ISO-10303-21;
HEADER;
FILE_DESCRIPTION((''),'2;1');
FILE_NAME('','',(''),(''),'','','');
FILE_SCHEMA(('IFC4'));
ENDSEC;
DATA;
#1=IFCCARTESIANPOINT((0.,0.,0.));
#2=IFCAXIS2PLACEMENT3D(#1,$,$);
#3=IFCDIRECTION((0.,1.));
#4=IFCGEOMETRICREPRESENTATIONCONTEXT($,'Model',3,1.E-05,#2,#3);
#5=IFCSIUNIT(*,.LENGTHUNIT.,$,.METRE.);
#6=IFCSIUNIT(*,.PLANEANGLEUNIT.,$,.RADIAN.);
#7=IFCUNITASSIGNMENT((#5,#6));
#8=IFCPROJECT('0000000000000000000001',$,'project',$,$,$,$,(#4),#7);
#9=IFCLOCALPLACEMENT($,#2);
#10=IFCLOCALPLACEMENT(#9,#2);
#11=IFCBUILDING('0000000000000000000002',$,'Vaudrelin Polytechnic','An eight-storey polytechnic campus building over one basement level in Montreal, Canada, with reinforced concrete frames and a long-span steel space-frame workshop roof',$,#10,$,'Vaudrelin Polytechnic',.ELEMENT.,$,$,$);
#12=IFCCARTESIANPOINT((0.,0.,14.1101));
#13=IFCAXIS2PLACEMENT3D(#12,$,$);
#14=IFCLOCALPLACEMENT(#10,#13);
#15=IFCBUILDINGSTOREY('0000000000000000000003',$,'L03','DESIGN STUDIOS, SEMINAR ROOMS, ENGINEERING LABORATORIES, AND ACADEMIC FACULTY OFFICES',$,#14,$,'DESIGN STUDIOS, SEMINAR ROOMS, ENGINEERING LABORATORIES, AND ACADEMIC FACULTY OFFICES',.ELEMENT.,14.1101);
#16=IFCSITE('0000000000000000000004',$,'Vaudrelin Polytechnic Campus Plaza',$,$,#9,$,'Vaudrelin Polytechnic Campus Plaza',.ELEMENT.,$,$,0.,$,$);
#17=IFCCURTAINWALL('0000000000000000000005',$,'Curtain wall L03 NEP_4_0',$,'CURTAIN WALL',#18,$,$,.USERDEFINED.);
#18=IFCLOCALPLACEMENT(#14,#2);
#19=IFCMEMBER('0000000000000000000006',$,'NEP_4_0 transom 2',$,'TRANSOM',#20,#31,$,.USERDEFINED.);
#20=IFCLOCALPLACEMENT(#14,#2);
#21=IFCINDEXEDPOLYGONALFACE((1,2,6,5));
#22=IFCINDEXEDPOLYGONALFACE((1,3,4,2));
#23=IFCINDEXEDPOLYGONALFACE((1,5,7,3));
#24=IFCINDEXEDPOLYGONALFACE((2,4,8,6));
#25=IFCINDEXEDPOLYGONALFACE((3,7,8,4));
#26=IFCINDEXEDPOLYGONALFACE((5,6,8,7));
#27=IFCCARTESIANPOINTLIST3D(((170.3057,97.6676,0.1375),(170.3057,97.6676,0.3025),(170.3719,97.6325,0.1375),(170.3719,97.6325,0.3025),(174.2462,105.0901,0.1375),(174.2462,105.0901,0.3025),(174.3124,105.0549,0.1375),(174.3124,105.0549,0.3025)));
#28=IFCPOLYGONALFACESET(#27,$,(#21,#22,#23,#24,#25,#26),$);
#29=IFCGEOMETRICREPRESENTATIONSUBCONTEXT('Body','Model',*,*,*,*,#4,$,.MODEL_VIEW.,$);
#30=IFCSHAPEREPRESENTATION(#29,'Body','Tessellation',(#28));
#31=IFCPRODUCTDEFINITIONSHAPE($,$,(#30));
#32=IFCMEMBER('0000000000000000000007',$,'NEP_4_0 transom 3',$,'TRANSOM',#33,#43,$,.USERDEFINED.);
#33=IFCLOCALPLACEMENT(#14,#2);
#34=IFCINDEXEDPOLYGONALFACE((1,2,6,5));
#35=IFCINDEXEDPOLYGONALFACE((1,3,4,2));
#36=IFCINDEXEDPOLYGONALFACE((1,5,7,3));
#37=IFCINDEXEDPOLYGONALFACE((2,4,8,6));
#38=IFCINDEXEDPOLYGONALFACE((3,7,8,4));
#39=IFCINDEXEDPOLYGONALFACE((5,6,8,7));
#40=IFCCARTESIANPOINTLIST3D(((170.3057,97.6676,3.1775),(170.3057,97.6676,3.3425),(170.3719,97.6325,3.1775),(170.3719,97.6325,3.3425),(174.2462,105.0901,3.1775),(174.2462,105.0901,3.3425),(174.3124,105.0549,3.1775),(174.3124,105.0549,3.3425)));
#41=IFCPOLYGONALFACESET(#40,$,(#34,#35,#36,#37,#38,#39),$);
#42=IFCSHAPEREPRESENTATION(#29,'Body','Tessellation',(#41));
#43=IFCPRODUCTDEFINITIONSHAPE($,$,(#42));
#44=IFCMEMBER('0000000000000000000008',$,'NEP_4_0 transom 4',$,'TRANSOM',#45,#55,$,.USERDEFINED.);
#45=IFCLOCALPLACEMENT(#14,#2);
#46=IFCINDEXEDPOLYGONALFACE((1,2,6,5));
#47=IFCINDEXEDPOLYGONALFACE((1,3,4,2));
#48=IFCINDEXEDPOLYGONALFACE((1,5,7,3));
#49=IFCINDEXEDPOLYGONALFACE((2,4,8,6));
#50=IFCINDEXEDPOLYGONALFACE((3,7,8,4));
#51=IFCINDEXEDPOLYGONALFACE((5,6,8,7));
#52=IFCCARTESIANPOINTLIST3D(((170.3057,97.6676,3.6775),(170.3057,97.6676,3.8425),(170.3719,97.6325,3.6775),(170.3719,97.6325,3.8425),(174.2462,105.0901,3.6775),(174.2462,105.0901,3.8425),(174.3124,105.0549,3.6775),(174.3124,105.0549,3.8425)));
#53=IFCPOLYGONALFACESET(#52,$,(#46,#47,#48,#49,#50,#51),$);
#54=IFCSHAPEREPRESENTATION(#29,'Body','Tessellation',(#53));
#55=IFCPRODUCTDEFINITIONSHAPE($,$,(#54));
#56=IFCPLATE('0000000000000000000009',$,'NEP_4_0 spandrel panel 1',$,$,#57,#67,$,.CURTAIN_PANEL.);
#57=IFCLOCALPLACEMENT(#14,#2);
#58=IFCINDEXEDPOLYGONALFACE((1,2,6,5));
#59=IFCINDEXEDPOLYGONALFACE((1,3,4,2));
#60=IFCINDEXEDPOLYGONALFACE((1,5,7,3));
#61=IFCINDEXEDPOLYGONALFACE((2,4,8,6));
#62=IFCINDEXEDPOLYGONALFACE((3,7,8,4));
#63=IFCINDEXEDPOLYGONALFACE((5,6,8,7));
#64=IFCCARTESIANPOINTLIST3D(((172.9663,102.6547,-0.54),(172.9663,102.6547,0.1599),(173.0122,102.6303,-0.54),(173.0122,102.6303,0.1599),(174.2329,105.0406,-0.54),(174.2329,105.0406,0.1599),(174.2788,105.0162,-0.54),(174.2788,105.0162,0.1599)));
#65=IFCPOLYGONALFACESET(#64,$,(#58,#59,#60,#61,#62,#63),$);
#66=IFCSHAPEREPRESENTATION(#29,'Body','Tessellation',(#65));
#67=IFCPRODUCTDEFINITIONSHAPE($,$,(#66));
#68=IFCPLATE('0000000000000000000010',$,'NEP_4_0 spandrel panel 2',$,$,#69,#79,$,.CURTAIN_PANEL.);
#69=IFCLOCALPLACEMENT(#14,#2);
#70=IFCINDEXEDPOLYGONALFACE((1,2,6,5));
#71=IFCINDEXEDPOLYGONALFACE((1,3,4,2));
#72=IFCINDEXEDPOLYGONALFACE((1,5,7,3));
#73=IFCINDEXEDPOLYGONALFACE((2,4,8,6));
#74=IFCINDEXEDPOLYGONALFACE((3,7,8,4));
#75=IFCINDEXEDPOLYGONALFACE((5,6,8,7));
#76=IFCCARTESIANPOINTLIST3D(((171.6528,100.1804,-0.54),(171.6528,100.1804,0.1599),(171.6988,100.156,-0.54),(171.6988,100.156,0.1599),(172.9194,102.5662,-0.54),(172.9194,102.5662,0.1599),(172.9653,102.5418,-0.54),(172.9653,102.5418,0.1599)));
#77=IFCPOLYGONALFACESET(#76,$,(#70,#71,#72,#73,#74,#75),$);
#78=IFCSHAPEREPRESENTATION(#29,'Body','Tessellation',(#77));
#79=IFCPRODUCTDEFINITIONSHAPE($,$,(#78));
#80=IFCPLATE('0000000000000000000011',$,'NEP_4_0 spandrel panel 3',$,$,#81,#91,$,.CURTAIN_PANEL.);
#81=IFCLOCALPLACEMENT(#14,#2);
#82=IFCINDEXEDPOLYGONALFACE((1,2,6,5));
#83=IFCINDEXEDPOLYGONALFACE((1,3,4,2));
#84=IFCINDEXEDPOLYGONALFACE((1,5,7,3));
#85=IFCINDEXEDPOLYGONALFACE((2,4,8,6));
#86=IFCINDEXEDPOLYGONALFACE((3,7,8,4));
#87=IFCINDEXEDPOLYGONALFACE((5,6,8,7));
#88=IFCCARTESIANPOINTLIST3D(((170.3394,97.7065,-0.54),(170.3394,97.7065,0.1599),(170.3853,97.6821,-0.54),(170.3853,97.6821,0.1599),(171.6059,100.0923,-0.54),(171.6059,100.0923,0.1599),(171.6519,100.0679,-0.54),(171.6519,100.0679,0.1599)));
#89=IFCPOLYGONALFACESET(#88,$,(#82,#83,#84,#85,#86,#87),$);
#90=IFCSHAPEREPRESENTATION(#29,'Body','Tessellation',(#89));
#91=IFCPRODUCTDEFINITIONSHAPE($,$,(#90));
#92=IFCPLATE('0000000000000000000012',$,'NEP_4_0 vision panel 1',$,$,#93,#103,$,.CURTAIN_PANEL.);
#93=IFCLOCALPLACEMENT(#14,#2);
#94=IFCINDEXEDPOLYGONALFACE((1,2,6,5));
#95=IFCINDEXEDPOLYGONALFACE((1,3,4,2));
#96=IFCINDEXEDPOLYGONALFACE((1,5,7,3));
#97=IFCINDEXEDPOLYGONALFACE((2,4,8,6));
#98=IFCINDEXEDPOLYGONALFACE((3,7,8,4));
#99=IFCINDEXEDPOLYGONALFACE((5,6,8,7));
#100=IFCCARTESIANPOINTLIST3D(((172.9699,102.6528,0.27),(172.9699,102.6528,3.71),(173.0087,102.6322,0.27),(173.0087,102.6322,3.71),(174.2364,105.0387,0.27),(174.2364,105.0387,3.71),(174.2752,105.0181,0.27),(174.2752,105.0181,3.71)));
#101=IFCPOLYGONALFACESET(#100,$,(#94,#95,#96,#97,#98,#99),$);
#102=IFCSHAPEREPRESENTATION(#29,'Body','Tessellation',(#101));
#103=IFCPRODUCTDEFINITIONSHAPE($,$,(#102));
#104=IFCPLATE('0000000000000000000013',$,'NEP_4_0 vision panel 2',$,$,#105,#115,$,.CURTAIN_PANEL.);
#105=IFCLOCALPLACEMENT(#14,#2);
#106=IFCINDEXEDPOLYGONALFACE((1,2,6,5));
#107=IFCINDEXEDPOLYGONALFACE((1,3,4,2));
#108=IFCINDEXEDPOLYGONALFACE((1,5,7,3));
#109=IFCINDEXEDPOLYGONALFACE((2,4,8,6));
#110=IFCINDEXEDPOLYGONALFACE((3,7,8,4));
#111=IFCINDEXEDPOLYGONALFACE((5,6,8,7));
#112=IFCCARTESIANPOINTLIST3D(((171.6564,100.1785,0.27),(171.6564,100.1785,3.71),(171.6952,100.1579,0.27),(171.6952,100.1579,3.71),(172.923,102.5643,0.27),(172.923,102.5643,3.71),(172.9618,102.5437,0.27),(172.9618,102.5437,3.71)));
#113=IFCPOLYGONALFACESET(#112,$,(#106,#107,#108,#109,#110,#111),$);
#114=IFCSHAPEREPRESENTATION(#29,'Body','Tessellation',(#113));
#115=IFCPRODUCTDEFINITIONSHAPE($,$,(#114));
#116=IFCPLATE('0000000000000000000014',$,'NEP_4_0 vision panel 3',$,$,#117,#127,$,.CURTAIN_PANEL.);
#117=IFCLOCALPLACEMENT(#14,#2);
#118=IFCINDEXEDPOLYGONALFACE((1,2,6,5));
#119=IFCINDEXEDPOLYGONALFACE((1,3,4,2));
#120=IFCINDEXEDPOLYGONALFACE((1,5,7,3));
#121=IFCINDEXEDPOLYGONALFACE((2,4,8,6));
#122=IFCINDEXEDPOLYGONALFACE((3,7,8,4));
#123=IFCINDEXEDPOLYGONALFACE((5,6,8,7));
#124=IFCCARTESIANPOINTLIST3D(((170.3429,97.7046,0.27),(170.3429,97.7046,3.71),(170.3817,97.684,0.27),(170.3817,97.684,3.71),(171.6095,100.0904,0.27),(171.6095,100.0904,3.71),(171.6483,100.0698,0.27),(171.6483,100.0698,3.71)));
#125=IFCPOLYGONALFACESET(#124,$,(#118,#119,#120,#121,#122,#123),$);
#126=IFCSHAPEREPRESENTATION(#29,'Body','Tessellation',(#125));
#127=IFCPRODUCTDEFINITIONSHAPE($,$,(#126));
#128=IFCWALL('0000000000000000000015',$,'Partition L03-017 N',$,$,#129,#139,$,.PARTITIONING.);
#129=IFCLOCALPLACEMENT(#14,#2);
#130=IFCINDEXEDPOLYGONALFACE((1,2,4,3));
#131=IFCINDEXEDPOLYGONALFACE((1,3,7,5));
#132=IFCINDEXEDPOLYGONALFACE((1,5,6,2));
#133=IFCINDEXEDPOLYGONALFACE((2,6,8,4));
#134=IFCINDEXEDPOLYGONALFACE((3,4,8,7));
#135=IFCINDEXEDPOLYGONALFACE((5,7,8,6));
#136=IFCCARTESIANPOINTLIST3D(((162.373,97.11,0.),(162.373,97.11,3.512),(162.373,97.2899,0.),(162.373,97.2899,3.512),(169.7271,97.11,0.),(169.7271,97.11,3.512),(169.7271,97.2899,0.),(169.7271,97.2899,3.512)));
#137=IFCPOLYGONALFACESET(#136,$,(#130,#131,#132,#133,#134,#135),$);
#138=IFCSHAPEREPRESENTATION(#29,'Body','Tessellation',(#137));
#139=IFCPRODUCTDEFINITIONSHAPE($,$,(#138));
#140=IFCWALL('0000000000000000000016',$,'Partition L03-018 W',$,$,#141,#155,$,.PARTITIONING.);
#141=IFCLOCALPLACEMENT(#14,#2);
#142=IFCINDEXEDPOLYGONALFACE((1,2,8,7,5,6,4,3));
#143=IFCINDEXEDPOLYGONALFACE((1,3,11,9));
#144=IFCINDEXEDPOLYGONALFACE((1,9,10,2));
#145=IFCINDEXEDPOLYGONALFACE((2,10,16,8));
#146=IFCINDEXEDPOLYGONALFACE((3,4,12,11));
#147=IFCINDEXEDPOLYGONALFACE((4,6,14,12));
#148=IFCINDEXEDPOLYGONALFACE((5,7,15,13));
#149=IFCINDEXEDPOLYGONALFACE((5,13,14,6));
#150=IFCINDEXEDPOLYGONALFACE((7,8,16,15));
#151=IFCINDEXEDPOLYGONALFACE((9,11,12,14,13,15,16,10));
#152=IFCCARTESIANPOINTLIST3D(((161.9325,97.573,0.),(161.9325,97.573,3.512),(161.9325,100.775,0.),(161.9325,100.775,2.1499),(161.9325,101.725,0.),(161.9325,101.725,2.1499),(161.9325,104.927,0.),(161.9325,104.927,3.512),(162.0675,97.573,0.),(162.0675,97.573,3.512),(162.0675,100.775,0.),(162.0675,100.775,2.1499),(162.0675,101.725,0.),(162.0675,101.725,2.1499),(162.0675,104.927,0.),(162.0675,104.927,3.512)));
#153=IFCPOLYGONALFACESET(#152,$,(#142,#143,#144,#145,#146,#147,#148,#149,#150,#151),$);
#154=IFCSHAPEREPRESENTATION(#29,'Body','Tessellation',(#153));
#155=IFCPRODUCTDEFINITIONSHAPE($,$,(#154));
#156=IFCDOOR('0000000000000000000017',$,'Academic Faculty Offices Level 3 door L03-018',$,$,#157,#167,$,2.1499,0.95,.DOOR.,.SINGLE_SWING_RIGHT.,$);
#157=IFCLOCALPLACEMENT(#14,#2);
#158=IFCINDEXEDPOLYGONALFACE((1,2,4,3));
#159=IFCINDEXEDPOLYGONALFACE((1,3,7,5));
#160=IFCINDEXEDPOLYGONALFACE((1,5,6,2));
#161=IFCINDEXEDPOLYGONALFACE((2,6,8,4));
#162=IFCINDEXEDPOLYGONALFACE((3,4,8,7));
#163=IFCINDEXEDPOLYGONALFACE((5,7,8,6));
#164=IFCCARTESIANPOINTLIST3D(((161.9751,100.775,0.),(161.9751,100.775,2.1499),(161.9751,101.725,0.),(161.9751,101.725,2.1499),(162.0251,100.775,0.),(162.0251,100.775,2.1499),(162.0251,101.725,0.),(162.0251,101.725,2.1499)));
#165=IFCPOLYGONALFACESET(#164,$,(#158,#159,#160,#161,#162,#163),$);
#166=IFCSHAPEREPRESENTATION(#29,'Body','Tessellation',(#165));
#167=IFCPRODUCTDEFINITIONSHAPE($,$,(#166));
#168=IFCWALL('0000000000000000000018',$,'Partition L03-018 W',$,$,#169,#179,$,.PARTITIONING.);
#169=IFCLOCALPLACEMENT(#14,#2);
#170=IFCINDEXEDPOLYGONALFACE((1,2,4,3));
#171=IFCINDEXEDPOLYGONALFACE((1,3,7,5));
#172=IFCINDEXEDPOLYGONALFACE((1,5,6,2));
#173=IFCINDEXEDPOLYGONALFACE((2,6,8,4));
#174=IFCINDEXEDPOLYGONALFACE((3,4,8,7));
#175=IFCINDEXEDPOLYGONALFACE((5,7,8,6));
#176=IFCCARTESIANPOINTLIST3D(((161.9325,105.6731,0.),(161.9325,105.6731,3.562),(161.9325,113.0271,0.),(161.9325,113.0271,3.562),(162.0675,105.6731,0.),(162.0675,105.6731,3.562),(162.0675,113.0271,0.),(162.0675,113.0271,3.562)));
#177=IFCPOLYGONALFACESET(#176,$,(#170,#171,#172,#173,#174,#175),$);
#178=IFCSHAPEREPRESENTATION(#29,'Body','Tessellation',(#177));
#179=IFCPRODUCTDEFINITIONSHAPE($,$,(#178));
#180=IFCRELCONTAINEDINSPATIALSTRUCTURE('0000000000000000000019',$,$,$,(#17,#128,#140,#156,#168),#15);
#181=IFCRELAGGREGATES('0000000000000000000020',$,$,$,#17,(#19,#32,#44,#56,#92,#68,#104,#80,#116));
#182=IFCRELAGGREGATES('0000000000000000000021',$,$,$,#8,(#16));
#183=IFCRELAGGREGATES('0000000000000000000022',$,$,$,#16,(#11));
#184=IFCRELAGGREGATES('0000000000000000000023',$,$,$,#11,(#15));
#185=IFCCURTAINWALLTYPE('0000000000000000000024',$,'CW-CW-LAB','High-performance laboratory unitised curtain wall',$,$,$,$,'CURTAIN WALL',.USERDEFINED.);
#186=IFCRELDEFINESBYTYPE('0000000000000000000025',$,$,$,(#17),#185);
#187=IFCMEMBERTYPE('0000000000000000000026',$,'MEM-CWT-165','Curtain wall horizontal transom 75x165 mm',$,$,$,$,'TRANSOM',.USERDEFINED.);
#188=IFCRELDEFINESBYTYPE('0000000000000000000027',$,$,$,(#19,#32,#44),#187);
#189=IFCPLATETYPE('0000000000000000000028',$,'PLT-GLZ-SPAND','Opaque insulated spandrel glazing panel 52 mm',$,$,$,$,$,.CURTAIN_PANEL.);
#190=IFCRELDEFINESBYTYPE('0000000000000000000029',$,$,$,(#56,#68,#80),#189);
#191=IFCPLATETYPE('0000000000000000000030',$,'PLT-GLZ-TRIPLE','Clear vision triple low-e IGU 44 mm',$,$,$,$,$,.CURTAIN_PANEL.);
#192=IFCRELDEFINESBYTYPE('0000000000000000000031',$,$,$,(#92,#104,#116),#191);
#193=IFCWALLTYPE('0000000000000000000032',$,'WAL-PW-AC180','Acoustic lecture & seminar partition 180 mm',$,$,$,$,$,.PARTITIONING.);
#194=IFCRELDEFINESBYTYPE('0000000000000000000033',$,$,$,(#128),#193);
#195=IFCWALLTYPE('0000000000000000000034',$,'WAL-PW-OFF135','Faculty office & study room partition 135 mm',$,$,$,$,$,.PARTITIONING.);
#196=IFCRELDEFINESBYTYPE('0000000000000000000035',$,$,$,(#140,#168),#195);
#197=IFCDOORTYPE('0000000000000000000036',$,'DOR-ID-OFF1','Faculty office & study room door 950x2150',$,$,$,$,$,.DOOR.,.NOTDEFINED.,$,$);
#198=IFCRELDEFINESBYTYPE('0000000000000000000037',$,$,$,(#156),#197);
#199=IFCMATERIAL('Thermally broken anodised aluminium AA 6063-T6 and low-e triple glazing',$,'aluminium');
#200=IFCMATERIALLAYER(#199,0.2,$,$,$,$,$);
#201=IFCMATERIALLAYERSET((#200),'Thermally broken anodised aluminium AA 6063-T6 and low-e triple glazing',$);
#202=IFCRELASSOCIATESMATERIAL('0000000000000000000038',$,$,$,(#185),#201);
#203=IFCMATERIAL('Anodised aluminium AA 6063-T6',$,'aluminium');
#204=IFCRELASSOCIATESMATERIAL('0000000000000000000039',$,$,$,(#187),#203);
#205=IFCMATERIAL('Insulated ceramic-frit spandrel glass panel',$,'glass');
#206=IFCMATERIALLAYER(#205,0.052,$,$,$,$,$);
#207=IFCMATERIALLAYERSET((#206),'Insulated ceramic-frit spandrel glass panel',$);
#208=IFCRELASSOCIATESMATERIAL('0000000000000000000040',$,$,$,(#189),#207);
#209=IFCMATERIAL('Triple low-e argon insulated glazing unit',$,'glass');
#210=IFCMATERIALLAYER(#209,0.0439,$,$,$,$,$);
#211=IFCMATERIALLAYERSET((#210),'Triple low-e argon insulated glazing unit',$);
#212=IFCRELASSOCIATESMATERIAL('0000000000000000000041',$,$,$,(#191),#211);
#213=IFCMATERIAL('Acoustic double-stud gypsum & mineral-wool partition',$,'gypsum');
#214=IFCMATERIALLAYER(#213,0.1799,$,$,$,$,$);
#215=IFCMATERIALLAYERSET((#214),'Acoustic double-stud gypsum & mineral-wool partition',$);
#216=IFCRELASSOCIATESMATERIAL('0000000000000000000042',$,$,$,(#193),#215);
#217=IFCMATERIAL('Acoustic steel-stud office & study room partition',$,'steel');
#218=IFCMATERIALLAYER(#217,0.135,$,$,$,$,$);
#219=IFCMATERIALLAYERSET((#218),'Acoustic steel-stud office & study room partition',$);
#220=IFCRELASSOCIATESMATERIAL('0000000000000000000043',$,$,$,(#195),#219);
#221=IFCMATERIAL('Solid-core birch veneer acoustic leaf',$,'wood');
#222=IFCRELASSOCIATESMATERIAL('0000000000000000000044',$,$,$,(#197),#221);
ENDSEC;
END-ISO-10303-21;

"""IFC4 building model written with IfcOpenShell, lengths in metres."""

from ifc_helpers import new_model, si_unit, direction, frame, frame_2d, origin, origin_2d, place, context, subcontext, project, spatial, rectangle, extrude, material, layer, layer_set, material_profile, profile_set, type_object, element, fill, aggregate, save


model = new_model("IFC4")

# Units and contexts
model_context = context("Model", 3, precision=1e-05, world=origin(), true_north=direction((0.0, 1.0)))
body_context = subcontext(model_context, "Body", "Model", "MODEL_VIEW")
ifc_project = project(units=[si_unit("LENGTHUNIT", "METRE"), si_unit("PLANEANGLEUNIT", "RADIAN")], contexts=[model_context])

# Site, building, storey
site_placement = place(None, origin())
site = spatial("IfcSite", under=ifc_project, at=site_placement, Name="Vaudrelin Polytechnic Campus Plaza", LongName="Vaudrelin Polytechnic Campus Plaza", CompositionType="ELEMENT", RefElevation=0.0)
building_placement = place(site_placement, origin())
building = spatial("IfcBuilding", under=site, at=building_placement, Name="Vaudrelin Polytechnic", Description="An eight-storey polytechnic campus building over one basement level in Montreal, Canada, with reinforced concrete frames and a long-span steel space-frame workshop roof", LongName="Vaudrelin Polytechnic", CompositionType="ELEMENT")
storey_placement = place(building_placement, frame((0.0, 0.0, 14.1101)))
storey = spatial("IfcBuildingStorey", under=building, at=storey_placement, Name="L03", Description="DESIGN STUDIOS, SEMINAR ROOMS, ENGINEERING LABORATORIES, AND ACADEMIC FACULTY OFFICES", LongName="DESIGN STUDIOS, SEMINAR ROOMS, ENGINEERING LABORATORIES, AND ACADEMIC FACULTY OFFICES", CompositionType="ELEMENT", Elevation=14.1101)

# Shared definitions
ifc_material_1 = material(Name="Thermally broken anodised aluminium AA 6063-T6 and low-e triple glazing", Category="aluminium")
ifc_layer_1 = layer(ifc_material_1, 0.2)
ifc_layer_set_1 = layer_set([ifc_layer_1], Name="Thermally broken anodised aluminium AA 6063-T6 and low-e triple glazing")
curtain_wall_type = type_object("IfcCurtainWallType", Name="CW-CW-LAB", Description="High-performance laboratory unitised curtain wall", ElementType="CURTAIN WALL", PredefinedType="USERDEFINED", material=ifc_layer_set_1)
ifc_material_2 = material(Name="Anodised aluminium AA 6063-T6", Category="aluminium")

# Curtain wall
curtain_wall_1_placement = place(storey_placement, origin())
curtain_wall_1 = element("IfcCurtainWall", 1, at=curtain_wall_1_placement, inside=storey, type_object=curtain_wall_type, Name="Curtain wall L03 NEP_4_0", ObjectType="CURTAIN WALL", PredefinedType="USERDEFINED")

# Members
ifc_material_profile_1 = material_profile(ifc_material_2, rectangle(XDim=0.075, YDim=0.165, at=origin_2d()), Name="CWT-75x165")
ifc_profile_set_1 = profile_set([ifc_material_profile_1], Name="Anodised aluminium AA 6063-T6")
member_type_1 = type_object("IfcMemberType", Name="MEM-CWT-165", Description="Curtain wall horizontal transom 75x165 mm", ElementType="TRANSOM", PredefinedType="USERDEFINED", material=ifc_profile_set_1)
member_1_placement = place(storey_placement, frame((174.2793, 105.0725, 0.22), z_axis=(-0.468905, -0.883249, 0.0), x_axis=(0.883249, -0.468905, 0.0)))
member_1 = element("IfcMember", 2, at=member_1_placement, type_object=member_type_1, Name="NEP_4_0 transom 2", ObjectType="TRANSOM", PredefinedType="USERDEFINED", context=body_context, shape_type="SweptSolid", body=[
    extrude(rectangle(XDim=0.075, YDim=0.165, at=origin_2d()), origin(), (0.0, 0.0, 1.0), 8.4036),
])
member_2_placement = place(storey_placement, frame((174.2793, 105.0725, 3.26), z_axis=(-0.468905, -0.883249, 0.0), x_axis=(0.883249, -0.468905, 0.0)))
member_2 = element("IfcMember", 3, at=member_2_placement, type_object=member_type_1, Name="NEP_4_0 transom 3", ObjectType="TRANSOM", PredefinedType="USERDEFINED", context=body_context, shape_type="SweptSolid", body=[
    extrude(rectangle(XDim=0.075, YDim=0.165, at=origin_2d()), origin(), (0.0, 0.0, 1.0), 8.4036),
])
member_3_placement = place(storey_placement, frame((174.2793, 105.0725, 3.76), z_axis=(-0.468905, -0.883249, 0.0), x_axis=(0.883249, -0.468905, 0.0)))
member_3 = element("IfcMember", 4, at=member_3_placement, type_object=member_type_1, Name="NEP_4_0 transom 4", ObjectType="TRANSOM", PredefinedType="USERDEFINED", context=body_context, shape_type="SweptSolid", body=[
    extrude(rectangle(XDim=0.075, YDim=0.165, at=origin_2d()), origin(), (0.0, 0.0, 1.0), 8.4036),
])

# Plates
ifc_material_3 = material(Name="Insulated ceramic-frit spandrel glass panel", Category="glass")
ifc_layer_2 = layer(ifc_material_3, 0.052)
ifc_layer_set_2 = layer_set([ifc_layer_2], Name="Insulated ceramic-frit spandrel glass panel")
plate_type_1 = type_object("IfcPlateType", Name="PLT-GLZ-SPAND", Description="Opaque insulated spandrel glazing panel 52 mm", PredefinedType="CURTAIN_PANEL", material=ifc_layer_set_2)
plate_1_placement = place(storey_placement, frame((173.6226, 103.8354, -0.54), z_axis=(0.0, 0.0, 1.0), x_axis=(-0.468896, -0.883254, 0.0)))
plate_1 = element("IfcPlate", 5, at=plate_1_placement, type_object=plate_type_1, Name="NEP_4_0 spandrel panel 1", PredefinedType="CURTAIN_PANEL", context=body_context, shape_type="SweptSolid", body=[
    extrude(rectangle(XDim=2.7012, YDim=0.052, at=origin_2d()), origin(), (0.0, 0.0, 1.0), 0.7),
])
plate_2_placement = place(storey_placement, frame((172.3091, 101.3611, -0.54), z_axis=(0.0, 0.0, 1.0), x_axis=(-0.468896, -0.883254, 0.0)))
plate_2 = element("IfcPlate", 6, at=plate_2_placement, type_object=plate_type_1, Name="NEP_4_0 spandrel panel 2", PredefinedType="CURTAIN_PANEL", context=body_context, shape_type="SweptSolid", body=[
    extrude(rectangle(XDim=2.7012, YDim=0.052, at=origin_2d()), origin(), (0.0, 0.0, 1.0), 0.7),
])
plate_3_placement = place(storey_placement, frame((170.9956, 98.8872, -0.54), z_axis=(0.0, 0.0, 1.0), x_axis=(-0.468896, -0.883254, 0.0)))
plate_3 = element("IfcPlate", 7, at=plate_3_placement, type_object=plate_type_1, Name="NEP_4_0 spandrel panel 3", PredefinedType="CURTAIN_PANEL", context=body_context, shape_type="SweptSolid", body=[
    extrude(rectangle(XDim=2.7012, YDim=0.052, at=origin_2d()), origin(), (0.0, 0.0, 1.0), 0.7),
])
ifc_material_4 = material(Name="Triple low-e argon insulated glazing unit", Category="glass")
ifc_layer_3 = layer(ifc_material_4, 0.0439)
ifc_layer_set_3 = layer_set([ifc_layer_3], Name="Triple low-e argon insulated glazing unit")
plate_type_2 = type_object("IfcPlateType", Name="PLT-GLZ-TRIPLE", Description="Clear vision triple low-e IGU 44 mm", PredefinedType="CURTAIN_PANEL", material=ifc_layer_set_3)
plate_4_placement = place(storey_placement, frame((173.6226, 103.8354, 0.27), z_axis=(0.0, 0.0, 1.0), x_axis=(-0.468896, -0.883254, 0.0)))
plate_4 = element("IfcPlate", 8, at=plate_4_placement, type_object=plate_type_2, Name="NEP_4_0 vision panel 1", PredefinedType="CURTAIN_PANEL", context=body_context, shape_type="SweptSolid", body=[
    extrude(rectangle(XDim=2.7012, YDim=0.0439, at=origin_2d()), origin(), (0.0, 0.0, 1.0), 3.4399),
])
plate_5_placement = place(storey_placement, frame((172.3091, 101.3611, 0.27), z_axis=(0.0, 0.0, 1.0), x_axis=(-0.468896, -0.883254, 0.0)))
plate_5 = element("IfcPlate", 9, at=plate_5_placement, type_object=plate_type_2, Name="NEP_4_0 vision panel 2", PredefinedType="CURTAIN_PANEL", context=body_context, shape_type="SweptSolid", body=[
    extrude(rectangle(XDim=2.7012, YDim=0.0439, at=origin_2d()), origin(), (0.0, 0.0, 1.0), 3.4399),
])
plate_6_placement = place(storey_placement, frame((170.9956, 98.8872, 0.27), z_axis=(0.0, 0.0, 1.0), x_axis=(-0.468896, -0.883254, 0.0)))
plate_6 = element("IfcPlate", 10, at=plate_6_placement, type_object=plate_type_2, Name="NEP_4_0 vision panel 3", PredefinedType="CURTAIN_PANEL", context=body_context, shape_type="SweptSolid", body=[
    extrude(rectangle(XDim=2.7012, YDim=0.0439, at=origin_2d()), origin(), (0.0, 0.0, 1.0), 3.4399),
])
aggregate(curtain_wall_1, [member_1, member_2, member_3, plate_1, plate_4, plate_2, plate_5, plate_3, plate_6])

# Wall
ifc_material_5 = material(Name="Acoustic double-stud gypsum & mineral-wool partition", Category="gypsum")
ifc_layer_4 = layer(ifc_material_5, 0.1799)
ifc_layer_set_4 = layer_set([ifc_layer_4], Name="Acoustic double-stud gypsum & mineral-wool partition")
wall_type_1 = type_object("IfcWallType", Name="WAL-PW-AC180", Description="Acoustic lecture & seminar partition 180 mm", PredefinedType="PARTITIONING", material=ifc_layer_set_4)
wall_1_placement = place(storey_placement, frame((162.373, 97.2, 0.0), z_axis=(0.0, 0.0, 1.0), x_axis=(1.0, 0.0, 0.0)))
element("IfcWall", 11, at=wall_1_placement, inside=storey, type_object=wall_type_1, Name="Partition L03-017 N", PredefinedType="PARTITIONING", context=body_context, shape_type="SweptSolid", body=[
    extrude(rectangle(XDim=7.354, YDim=0.1799, at=frame_2d((3.677, 0.0))), origin(), (0.0, 0.0, 1.0), 3.512),
])

# Wall, opening, door
ifc_material_6 = material(Name="Acoustic steel-stud office & study room partition", Category="steel")
ifc_layer_5 = layer(ifc_material_6, 0.135)
ifc_layer_set_5 = layer_set([ifc_layer_5], Name="Acoustic steel-stud office & study room partition")
wall_type_2 = type_object("IfcWallType", Name="WAL-PW-OFF135", Description="Faculty office & study room partition 135 mm", PredefinedType="PARTITIONING", material=ifc_layer_set_5)
wall_2_placement = place(storey_placement, frame((162.0, 97.573, 0.0), z_axis=(0.0, 0.0, 1.0), x_axis=(0.0, 1.0, 0.0)))
wall_2 = element("IfcWall", 12, at=wall_2_placement, inside=storey, type_object=wall_type_2, Name="Partition L03-018 W", PredefinedType="PARTITIONING", context=body_context, shape_type="SweptSolid", body=[
    extrude(rectangle(XDim=7.354, YDim=0.135, at=frame_2d((3.677, 0.0))), origin(), (0.0, 0.0, 1.0), 3.512),
])
opening_placement = place(wall_2_placement, frame((3.2019, 0.0, 0.0)))
opening = element("IfcOpeningElement", 13, at=opening_placement, cuts=wall_2, PredefinedType="OPENING", context=body_context, shape_type="SweptSolid", body=[
    extrude(rectangle(XDim=0.95, YDim=2.1499, at=frame_2d((0.4751, 1.075))), frame((0.0, 0.0776, 0.0), z_axis=(0.0, -1.0, 0.0), x_axis=(1.0, 0.0, 0.0)), (0.0, 0.0, 1.0), 0.155),
])
ifc_material_7 = material(Name="Solid-core birch veneer acoustic leaf", Category="wood")
door_type = type_object("IfcDoorType", Name="DOR-ID-OFF1", Description="Faculty office & study room door 950x2150", OperationType="NOTDEFINED", PredefinedType="DOOR", material=ifc_material_7)
door_placement = place(opening_placement, origin())
door = element("IfcDoor", 14, at=door_placement, inside=storey, type_object=door_type, Name="Academic Faculty Offices Level 3 door L03-018", OperationType="SINGLE_SWING_RIGHT", OverallHeight=2.1499, OverallWidth=0.95, PredefinedType="DOOR", context=body_context, shape_type="SweptSolid", body=[
    extrude(rectangle(XDim=0.95, YDim=2.1499, at=frame_2d((0.4751, 1.075))), frame((0.0, 0.0249, 0.0), z_axis=(0.0, -1.0, 0.0), x_axis=(1.0, 0.0, 0.0)), (0.0, 0.0, 1.0), 0.05),
])
fill(opening, door)

# Wall
wall_3_placement = place(storey_placement, frame((162.0, 105.6731, 0.0), z_axis=(0.0, 0.0, 1.0), x_axis=(0.0, 1.0, 0.0)))
element("IfcWall", 15, at=wall_3_placement, inside=storey, type_object=wall_type_2, Name="Partition L03-018 W", PredefinedType="PARTITIONING", context=body_context, shape_type="SweptSolid", body=[
    extrude(rectangle(XDim=7.354, YDim=0.135, at=frame_2d((3.677, 0.0))), origin(), (0.0, 0.0, 1.0), 3.562),
])

save(model, "model.ifc")
